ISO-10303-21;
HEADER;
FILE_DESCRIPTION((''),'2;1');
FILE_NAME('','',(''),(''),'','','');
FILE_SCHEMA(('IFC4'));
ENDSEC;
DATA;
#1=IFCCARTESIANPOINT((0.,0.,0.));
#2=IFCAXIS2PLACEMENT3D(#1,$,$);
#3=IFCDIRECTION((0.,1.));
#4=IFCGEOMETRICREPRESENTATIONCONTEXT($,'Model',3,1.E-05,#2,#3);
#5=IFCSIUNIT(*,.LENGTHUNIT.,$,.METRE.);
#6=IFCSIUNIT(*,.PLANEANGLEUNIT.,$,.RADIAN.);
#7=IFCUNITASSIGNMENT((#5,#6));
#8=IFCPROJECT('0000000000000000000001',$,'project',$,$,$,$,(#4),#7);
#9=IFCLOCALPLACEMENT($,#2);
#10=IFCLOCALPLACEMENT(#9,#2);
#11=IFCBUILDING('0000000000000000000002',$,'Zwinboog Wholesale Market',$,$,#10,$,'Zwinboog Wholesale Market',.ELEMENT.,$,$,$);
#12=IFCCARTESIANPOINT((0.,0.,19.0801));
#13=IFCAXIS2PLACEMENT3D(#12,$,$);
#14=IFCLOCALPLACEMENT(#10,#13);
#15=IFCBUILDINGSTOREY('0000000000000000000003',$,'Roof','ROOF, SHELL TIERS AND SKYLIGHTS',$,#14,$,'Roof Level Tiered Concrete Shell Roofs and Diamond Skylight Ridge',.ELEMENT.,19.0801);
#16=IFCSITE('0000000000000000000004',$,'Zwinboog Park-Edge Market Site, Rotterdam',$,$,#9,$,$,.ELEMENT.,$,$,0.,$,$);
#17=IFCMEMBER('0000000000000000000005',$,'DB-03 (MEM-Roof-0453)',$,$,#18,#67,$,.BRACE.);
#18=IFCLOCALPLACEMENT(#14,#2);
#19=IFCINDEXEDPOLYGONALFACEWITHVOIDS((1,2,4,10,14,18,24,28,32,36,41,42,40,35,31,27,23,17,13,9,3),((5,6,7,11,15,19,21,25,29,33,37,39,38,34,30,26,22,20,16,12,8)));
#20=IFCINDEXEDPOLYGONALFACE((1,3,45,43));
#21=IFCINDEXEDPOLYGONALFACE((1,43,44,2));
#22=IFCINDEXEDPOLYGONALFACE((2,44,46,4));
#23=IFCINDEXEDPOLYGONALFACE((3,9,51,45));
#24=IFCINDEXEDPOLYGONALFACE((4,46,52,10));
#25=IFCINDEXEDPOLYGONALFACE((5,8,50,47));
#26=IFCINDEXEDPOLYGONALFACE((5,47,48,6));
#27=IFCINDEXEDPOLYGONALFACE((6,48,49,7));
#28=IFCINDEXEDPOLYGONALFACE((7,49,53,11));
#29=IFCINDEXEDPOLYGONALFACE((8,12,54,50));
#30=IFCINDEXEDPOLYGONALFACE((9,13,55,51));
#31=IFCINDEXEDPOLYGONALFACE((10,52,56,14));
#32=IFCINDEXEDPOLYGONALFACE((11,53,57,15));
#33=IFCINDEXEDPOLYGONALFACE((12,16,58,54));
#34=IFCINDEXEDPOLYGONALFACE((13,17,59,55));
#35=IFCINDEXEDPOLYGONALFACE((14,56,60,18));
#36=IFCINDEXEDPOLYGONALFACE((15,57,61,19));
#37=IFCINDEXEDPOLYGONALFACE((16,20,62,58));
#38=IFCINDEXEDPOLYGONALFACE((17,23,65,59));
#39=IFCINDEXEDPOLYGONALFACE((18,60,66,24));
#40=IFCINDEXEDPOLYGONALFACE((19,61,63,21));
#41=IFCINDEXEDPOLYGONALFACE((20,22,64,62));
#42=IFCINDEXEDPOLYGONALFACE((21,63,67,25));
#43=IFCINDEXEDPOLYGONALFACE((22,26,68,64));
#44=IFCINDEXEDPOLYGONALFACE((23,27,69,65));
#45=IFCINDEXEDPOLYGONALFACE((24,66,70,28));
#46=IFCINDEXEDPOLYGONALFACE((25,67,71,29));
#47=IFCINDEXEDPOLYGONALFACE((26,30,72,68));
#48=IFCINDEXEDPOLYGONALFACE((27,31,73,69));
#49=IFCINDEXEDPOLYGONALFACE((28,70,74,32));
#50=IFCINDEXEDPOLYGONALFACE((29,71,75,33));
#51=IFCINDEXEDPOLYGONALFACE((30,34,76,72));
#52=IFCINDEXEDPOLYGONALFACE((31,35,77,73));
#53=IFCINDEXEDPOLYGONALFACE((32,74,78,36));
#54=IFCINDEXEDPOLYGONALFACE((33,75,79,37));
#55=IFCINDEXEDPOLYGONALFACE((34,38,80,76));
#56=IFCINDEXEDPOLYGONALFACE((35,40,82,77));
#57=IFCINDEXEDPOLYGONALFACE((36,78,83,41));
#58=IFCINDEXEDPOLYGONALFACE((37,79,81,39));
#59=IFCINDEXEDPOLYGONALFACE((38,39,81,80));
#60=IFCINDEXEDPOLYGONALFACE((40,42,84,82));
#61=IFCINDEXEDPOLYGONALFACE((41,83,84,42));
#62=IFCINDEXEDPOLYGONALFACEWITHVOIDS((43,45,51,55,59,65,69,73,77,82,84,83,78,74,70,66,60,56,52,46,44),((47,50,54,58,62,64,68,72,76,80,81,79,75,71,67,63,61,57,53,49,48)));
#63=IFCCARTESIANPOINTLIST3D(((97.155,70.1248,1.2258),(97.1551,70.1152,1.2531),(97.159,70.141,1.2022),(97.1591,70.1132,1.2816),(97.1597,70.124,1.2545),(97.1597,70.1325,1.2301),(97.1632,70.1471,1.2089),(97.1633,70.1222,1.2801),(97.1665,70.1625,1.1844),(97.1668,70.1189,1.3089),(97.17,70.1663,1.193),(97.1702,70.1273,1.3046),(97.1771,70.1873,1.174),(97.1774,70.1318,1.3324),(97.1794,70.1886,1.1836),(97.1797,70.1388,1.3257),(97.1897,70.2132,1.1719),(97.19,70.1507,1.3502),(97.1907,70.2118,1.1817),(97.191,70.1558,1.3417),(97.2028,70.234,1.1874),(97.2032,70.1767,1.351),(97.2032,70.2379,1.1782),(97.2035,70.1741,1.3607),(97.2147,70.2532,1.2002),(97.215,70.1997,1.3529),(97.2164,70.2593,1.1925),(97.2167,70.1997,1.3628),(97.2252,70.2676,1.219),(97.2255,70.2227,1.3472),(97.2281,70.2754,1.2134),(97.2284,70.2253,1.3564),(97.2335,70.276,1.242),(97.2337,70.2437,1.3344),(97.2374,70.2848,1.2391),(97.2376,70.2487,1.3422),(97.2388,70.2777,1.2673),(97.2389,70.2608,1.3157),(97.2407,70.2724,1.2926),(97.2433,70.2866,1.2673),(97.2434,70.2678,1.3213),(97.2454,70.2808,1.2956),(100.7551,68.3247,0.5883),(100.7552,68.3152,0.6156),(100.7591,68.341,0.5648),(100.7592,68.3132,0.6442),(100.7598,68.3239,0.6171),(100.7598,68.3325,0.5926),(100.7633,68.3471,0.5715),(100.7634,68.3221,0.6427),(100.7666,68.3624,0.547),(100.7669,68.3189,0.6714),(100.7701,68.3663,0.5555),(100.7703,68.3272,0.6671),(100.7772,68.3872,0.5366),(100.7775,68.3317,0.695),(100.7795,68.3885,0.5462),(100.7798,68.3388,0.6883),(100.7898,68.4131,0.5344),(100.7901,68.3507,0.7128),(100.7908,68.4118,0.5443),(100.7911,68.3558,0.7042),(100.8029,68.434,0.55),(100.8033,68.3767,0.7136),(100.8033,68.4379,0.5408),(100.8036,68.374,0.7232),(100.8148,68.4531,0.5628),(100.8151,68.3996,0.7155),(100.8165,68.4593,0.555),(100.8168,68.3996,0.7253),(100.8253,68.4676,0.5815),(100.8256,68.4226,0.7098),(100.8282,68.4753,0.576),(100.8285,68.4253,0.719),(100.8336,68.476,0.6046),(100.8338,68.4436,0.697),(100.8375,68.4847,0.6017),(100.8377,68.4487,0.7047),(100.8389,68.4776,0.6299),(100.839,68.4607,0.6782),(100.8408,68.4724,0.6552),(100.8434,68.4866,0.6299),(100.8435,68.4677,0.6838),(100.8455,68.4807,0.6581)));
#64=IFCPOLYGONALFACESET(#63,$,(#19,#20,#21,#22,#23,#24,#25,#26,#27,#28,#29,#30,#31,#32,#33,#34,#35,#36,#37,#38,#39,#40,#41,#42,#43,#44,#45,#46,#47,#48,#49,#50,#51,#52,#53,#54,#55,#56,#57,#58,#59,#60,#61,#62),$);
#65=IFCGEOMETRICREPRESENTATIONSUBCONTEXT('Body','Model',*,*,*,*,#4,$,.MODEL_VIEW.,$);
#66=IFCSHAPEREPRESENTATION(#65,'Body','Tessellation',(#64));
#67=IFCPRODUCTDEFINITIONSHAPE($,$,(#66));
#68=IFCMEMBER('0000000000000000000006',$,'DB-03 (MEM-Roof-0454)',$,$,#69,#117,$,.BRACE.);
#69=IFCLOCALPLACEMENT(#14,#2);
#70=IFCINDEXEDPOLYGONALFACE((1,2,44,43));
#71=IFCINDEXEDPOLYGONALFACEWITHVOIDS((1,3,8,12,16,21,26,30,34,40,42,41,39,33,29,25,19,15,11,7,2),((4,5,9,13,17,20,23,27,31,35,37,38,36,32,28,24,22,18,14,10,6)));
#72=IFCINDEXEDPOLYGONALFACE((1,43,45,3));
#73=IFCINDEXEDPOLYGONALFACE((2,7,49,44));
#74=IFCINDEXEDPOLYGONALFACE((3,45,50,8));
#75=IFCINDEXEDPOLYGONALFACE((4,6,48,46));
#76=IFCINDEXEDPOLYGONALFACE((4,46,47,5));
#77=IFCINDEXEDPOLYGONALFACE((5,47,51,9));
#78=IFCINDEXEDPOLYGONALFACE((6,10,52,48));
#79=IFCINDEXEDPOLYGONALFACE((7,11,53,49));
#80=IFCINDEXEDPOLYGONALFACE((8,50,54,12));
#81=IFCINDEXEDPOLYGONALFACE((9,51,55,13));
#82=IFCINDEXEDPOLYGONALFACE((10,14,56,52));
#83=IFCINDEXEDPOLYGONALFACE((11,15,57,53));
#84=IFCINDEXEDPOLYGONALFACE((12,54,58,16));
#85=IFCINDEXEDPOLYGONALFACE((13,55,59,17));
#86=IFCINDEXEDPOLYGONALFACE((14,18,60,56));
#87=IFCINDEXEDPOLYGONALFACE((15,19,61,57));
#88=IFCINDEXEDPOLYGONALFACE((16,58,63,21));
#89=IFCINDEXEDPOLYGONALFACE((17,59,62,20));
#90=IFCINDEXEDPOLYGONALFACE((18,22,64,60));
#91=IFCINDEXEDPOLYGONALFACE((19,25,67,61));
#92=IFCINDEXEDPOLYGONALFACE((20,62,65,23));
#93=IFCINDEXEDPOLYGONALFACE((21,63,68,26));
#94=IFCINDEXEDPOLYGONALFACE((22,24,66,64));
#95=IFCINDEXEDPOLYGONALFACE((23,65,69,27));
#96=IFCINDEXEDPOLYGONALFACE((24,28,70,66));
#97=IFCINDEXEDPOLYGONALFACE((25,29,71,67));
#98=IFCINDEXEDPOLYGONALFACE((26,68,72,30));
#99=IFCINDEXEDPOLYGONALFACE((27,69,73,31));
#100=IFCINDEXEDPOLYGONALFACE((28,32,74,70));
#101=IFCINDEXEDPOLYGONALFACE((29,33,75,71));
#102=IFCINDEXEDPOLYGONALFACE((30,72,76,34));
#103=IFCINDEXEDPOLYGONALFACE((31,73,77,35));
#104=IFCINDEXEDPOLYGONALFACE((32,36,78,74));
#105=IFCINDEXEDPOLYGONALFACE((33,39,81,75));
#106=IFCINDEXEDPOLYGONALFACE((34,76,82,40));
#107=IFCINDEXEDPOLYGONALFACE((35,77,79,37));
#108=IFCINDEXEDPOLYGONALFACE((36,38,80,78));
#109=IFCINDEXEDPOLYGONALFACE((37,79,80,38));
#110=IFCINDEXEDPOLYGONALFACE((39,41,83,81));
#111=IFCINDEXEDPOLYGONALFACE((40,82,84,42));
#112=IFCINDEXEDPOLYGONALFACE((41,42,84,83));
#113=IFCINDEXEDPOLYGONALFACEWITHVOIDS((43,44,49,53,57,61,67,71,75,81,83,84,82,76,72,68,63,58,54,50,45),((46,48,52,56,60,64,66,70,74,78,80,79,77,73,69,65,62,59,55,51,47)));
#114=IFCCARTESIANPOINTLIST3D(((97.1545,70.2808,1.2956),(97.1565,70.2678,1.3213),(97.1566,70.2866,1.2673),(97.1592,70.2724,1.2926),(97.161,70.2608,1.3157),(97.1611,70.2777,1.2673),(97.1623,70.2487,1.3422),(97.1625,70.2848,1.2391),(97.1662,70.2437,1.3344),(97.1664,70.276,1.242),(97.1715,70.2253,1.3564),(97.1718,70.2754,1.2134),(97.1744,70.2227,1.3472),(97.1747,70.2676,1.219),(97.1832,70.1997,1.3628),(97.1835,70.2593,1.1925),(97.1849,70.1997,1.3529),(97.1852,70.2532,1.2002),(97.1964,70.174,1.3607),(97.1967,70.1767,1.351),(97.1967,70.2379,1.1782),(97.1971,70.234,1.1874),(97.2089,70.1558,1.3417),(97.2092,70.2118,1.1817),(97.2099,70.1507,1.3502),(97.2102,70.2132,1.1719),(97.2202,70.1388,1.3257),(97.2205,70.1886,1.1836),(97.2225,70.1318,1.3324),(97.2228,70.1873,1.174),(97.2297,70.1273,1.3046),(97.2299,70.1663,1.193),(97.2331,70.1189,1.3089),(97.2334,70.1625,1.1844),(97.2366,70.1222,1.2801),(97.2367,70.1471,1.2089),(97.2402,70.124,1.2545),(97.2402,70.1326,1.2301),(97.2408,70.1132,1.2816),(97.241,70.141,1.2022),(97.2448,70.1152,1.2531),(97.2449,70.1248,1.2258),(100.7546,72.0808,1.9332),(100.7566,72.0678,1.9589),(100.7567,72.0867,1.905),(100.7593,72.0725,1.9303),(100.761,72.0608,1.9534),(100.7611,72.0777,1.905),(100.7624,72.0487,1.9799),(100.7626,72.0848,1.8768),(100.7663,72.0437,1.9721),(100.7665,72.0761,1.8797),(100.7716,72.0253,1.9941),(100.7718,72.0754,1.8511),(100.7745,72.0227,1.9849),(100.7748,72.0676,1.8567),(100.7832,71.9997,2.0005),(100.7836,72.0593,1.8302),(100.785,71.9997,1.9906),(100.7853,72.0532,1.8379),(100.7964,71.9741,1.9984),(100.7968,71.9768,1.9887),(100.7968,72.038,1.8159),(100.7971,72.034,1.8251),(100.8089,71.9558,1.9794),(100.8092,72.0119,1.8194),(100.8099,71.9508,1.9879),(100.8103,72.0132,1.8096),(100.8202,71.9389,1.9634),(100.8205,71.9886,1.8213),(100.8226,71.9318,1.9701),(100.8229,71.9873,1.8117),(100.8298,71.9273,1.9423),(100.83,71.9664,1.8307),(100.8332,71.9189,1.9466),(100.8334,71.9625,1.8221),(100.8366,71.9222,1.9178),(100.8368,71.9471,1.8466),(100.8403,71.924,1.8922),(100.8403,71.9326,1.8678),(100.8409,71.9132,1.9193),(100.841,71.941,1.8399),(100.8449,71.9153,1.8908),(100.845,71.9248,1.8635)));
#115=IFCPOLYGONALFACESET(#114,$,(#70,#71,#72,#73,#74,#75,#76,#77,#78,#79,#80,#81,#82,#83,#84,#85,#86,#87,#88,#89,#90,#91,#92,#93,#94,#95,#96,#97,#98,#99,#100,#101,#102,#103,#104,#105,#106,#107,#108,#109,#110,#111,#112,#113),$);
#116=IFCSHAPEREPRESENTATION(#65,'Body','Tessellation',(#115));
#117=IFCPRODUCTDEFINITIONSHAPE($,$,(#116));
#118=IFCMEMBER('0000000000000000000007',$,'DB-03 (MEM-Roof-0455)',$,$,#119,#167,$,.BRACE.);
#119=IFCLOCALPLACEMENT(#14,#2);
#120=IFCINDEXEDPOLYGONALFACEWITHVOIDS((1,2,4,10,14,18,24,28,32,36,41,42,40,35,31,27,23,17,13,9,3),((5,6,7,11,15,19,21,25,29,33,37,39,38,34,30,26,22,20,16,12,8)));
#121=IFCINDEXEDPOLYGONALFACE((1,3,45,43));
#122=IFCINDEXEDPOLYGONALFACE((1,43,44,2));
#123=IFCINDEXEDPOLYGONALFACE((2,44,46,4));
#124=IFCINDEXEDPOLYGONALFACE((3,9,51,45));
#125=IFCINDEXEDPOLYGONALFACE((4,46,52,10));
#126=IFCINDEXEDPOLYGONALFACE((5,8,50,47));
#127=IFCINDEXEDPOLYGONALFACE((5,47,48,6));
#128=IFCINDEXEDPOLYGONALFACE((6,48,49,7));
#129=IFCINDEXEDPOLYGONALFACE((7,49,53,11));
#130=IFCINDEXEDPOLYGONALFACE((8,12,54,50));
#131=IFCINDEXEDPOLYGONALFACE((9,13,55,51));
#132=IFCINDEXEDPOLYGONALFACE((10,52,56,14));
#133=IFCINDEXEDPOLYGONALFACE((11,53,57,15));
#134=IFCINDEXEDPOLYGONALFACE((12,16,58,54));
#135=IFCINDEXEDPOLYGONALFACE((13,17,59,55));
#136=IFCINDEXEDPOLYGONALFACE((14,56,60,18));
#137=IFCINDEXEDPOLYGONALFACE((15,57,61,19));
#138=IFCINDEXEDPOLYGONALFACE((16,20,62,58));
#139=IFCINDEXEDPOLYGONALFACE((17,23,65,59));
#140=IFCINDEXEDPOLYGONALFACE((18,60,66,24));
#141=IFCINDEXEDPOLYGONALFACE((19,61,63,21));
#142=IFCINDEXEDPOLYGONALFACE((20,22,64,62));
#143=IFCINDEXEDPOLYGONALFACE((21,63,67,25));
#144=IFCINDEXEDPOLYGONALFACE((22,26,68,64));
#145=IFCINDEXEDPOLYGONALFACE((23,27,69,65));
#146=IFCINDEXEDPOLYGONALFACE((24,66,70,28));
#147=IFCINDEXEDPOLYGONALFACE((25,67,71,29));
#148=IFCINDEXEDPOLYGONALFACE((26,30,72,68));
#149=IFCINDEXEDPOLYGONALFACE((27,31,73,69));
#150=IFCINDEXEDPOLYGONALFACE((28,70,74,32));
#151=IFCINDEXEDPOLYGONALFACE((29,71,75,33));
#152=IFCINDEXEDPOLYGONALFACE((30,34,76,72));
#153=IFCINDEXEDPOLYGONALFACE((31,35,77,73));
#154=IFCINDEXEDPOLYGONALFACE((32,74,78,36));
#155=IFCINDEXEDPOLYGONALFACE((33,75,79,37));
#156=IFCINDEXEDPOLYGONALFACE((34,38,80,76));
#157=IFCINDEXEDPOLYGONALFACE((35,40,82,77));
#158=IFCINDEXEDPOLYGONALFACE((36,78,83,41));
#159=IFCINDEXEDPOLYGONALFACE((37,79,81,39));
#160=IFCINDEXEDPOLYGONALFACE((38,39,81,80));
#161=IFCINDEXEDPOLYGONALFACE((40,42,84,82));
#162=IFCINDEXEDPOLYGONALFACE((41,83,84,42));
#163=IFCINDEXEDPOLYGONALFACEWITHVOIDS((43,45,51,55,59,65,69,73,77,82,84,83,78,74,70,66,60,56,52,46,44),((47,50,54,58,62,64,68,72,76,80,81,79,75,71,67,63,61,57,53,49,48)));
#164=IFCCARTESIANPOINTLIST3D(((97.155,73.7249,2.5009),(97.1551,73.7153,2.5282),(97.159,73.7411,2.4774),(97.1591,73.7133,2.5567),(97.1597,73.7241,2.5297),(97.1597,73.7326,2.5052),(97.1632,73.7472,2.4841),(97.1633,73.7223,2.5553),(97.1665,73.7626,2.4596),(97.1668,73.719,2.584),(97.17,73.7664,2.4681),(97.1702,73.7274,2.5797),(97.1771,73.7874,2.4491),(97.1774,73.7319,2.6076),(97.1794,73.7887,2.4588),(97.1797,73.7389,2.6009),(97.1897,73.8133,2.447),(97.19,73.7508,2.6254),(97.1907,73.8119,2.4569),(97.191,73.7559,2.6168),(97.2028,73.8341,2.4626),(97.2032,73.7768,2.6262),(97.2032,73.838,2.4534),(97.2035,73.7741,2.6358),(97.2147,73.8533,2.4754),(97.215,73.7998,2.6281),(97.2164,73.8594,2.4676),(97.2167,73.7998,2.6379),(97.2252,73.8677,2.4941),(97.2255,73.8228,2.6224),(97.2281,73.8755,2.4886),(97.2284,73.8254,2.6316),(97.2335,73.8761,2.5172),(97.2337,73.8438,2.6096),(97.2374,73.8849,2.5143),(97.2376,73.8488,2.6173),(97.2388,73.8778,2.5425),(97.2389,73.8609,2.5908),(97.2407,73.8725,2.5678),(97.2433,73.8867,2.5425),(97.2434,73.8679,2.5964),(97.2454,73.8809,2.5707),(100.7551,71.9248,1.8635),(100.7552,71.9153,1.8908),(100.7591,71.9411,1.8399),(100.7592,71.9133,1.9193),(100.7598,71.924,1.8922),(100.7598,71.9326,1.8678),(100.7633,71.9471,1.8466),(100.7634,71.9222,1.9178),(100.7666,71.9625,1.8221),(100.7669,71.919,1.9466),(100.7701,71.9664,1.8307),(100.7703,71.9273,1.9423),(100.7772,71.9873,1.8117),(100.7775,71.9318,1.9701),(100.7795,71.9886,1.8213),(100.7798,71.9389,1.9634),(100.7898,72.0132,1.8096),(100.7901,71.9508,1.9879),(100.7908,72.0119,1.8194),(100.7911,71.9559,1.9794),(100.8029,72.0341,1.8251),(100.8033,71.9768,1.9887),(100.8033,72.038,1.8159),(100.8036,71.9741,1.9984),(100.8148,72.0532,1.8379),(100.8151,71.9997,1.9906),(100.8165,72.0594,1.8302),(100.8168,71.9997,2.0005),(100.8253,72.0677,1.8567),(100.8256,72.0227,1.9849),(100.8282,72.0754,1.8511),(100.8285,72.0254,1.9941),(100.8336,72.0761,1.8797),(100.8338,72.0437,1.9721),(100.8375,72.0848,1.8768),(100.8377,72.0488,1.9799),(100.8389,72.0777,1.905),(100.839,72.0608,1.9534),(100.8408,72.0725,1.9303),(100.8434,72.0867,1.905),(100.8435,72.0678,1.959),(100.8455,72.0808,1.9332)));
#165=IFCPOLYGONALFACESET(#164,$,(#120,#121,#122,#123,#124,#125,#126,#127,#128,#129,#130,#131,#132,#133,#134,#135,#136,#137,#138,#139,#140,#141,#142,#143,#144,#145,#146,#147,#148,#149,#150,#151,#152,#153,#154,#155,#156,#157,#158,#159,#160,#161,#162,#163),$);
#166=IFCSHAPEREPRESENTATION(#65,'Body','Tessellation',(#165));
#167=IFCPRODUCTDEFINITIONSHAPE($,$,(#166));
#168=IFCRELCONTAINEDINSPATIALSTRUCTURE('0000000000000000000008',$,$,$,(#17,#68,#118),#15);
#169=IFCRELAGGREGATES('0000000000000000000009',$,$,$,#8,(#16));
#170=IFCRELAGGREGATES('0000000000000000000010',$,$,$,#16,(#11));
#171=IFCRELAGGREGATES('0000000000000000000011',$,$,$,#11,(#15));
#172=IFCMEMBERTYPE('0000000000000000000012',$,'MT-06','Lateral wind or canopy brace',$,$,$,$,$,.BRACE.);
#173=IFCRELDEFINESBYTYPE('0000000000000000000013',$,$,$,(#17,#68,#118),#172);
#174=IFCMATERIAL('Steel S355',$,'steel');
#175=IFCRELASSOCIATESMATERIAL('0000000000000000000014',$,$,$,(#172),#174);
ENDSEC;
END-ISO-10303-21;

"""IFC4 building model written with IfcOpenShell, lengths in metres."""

from ifc_helpers import new_model, si_unit, direction, frame, origin, origin_2d, place, context, subcontext, project, spatial, hollow_circle, extrude, material, material_profile, profile_set, type_object, element, save


model = new_model("IFC4")

# Units and contexts
model_context = context("Model", 3, precision=1e-05, world=origin(), true_north=direction((0.0, 1.0)))
body_context = subcontext(model_context, "Body", "Model", "MODEL_VIEW")
ifc_project = project(units=[si_unit("LENGTHUNIT", "METRE"), si_unit("PLANEANGLEUNIT", "RADIAN")], contexts=[model_context])

# Site, building, storey
site_placement = place(None, origin())
site = spatial("IfcSite", under=ifc_project, at=site_placement, Name="Zwinboog Park-Edge Market Site, Rotterdam", CompositionType="ELEMENT", RefElevation=0.0)
building_placement = place(site_placement, origin())
building = spatial("IfcBuilding", under=site, at=building_placement, Name="Zwinboog Wholesale Market", LongName="Zwinboog Wholesale Market", CompositionType="ELEMENT")
storey_placement = place(building_placement, frame((0.0, 0.0, 19.0801)))
storey = spatial("IfcBuildingStorey", under=building, at=storey_placement, Name="Roof", Description="ROOF, SHELL TIERS AND SKYLIGHTS", LongName="Roof Level Tiered Concrete Shell Roofs and Diamond Skylight Ridge", CompositionType="ELEMENT", Elevation=19.0801)

# Members
ifc_material_1 = material(Name="Steel S355", Category="steel")
ifc_material_profile_1 = material_profile(ifc_material_1, hollow_circle(Radius=0.0969, WallThickness=0.01, at=origin_2d()), Name="CHS 193.7x10")
ifc_profile_set_1 = profile_set([ifc_material_profile_1], Name="Steel S355")
member_type_1 = type_object("IfcMemberType", Name="MT-06", Description="Lateral wind or canopy brace", PredefinedType="BRACE", material=ifc_profile_set_1)
for number, where, z_axis, x_axis, name in (
    (1, (97.2, 70.2, 1.2673), (0.883417, -0.441709, -0.156422), (0.447214, 0.894427, 0.0), "DB-03 (MEM-Roof-0453)"),
    (2, (97.2, 70.2, 1.2673), (0.883409, 0.441704, 0.156481), (-0.447214, 0.894427, 0.0), "DB-03 (MEM-Roof-0454)"),
    (3, (97.2, 73.8, 2.5425), (0.883417, -0.441709, -0.156422), (0.447214, 0.894427, 0.0), "DB-03 (MEM-Roof-0455)"),
):
    element("IfcMember", number, at=place(storey_placement, frame(where, z_axis=z_axis, x_axis=x_axis)), inside=storey, type_object=member_type_1, Name=name, PredefinedType="BRACE", context=body_context, shape_type="SweptSolid", body=[
        extrude(hollow_circle(Radius=0.0969, WallThickness=0.01, at=origin_2d()), origin(), (0.0, 0.0, 1.0), 4.0752),
    ])

save(model, "model.ifc")
